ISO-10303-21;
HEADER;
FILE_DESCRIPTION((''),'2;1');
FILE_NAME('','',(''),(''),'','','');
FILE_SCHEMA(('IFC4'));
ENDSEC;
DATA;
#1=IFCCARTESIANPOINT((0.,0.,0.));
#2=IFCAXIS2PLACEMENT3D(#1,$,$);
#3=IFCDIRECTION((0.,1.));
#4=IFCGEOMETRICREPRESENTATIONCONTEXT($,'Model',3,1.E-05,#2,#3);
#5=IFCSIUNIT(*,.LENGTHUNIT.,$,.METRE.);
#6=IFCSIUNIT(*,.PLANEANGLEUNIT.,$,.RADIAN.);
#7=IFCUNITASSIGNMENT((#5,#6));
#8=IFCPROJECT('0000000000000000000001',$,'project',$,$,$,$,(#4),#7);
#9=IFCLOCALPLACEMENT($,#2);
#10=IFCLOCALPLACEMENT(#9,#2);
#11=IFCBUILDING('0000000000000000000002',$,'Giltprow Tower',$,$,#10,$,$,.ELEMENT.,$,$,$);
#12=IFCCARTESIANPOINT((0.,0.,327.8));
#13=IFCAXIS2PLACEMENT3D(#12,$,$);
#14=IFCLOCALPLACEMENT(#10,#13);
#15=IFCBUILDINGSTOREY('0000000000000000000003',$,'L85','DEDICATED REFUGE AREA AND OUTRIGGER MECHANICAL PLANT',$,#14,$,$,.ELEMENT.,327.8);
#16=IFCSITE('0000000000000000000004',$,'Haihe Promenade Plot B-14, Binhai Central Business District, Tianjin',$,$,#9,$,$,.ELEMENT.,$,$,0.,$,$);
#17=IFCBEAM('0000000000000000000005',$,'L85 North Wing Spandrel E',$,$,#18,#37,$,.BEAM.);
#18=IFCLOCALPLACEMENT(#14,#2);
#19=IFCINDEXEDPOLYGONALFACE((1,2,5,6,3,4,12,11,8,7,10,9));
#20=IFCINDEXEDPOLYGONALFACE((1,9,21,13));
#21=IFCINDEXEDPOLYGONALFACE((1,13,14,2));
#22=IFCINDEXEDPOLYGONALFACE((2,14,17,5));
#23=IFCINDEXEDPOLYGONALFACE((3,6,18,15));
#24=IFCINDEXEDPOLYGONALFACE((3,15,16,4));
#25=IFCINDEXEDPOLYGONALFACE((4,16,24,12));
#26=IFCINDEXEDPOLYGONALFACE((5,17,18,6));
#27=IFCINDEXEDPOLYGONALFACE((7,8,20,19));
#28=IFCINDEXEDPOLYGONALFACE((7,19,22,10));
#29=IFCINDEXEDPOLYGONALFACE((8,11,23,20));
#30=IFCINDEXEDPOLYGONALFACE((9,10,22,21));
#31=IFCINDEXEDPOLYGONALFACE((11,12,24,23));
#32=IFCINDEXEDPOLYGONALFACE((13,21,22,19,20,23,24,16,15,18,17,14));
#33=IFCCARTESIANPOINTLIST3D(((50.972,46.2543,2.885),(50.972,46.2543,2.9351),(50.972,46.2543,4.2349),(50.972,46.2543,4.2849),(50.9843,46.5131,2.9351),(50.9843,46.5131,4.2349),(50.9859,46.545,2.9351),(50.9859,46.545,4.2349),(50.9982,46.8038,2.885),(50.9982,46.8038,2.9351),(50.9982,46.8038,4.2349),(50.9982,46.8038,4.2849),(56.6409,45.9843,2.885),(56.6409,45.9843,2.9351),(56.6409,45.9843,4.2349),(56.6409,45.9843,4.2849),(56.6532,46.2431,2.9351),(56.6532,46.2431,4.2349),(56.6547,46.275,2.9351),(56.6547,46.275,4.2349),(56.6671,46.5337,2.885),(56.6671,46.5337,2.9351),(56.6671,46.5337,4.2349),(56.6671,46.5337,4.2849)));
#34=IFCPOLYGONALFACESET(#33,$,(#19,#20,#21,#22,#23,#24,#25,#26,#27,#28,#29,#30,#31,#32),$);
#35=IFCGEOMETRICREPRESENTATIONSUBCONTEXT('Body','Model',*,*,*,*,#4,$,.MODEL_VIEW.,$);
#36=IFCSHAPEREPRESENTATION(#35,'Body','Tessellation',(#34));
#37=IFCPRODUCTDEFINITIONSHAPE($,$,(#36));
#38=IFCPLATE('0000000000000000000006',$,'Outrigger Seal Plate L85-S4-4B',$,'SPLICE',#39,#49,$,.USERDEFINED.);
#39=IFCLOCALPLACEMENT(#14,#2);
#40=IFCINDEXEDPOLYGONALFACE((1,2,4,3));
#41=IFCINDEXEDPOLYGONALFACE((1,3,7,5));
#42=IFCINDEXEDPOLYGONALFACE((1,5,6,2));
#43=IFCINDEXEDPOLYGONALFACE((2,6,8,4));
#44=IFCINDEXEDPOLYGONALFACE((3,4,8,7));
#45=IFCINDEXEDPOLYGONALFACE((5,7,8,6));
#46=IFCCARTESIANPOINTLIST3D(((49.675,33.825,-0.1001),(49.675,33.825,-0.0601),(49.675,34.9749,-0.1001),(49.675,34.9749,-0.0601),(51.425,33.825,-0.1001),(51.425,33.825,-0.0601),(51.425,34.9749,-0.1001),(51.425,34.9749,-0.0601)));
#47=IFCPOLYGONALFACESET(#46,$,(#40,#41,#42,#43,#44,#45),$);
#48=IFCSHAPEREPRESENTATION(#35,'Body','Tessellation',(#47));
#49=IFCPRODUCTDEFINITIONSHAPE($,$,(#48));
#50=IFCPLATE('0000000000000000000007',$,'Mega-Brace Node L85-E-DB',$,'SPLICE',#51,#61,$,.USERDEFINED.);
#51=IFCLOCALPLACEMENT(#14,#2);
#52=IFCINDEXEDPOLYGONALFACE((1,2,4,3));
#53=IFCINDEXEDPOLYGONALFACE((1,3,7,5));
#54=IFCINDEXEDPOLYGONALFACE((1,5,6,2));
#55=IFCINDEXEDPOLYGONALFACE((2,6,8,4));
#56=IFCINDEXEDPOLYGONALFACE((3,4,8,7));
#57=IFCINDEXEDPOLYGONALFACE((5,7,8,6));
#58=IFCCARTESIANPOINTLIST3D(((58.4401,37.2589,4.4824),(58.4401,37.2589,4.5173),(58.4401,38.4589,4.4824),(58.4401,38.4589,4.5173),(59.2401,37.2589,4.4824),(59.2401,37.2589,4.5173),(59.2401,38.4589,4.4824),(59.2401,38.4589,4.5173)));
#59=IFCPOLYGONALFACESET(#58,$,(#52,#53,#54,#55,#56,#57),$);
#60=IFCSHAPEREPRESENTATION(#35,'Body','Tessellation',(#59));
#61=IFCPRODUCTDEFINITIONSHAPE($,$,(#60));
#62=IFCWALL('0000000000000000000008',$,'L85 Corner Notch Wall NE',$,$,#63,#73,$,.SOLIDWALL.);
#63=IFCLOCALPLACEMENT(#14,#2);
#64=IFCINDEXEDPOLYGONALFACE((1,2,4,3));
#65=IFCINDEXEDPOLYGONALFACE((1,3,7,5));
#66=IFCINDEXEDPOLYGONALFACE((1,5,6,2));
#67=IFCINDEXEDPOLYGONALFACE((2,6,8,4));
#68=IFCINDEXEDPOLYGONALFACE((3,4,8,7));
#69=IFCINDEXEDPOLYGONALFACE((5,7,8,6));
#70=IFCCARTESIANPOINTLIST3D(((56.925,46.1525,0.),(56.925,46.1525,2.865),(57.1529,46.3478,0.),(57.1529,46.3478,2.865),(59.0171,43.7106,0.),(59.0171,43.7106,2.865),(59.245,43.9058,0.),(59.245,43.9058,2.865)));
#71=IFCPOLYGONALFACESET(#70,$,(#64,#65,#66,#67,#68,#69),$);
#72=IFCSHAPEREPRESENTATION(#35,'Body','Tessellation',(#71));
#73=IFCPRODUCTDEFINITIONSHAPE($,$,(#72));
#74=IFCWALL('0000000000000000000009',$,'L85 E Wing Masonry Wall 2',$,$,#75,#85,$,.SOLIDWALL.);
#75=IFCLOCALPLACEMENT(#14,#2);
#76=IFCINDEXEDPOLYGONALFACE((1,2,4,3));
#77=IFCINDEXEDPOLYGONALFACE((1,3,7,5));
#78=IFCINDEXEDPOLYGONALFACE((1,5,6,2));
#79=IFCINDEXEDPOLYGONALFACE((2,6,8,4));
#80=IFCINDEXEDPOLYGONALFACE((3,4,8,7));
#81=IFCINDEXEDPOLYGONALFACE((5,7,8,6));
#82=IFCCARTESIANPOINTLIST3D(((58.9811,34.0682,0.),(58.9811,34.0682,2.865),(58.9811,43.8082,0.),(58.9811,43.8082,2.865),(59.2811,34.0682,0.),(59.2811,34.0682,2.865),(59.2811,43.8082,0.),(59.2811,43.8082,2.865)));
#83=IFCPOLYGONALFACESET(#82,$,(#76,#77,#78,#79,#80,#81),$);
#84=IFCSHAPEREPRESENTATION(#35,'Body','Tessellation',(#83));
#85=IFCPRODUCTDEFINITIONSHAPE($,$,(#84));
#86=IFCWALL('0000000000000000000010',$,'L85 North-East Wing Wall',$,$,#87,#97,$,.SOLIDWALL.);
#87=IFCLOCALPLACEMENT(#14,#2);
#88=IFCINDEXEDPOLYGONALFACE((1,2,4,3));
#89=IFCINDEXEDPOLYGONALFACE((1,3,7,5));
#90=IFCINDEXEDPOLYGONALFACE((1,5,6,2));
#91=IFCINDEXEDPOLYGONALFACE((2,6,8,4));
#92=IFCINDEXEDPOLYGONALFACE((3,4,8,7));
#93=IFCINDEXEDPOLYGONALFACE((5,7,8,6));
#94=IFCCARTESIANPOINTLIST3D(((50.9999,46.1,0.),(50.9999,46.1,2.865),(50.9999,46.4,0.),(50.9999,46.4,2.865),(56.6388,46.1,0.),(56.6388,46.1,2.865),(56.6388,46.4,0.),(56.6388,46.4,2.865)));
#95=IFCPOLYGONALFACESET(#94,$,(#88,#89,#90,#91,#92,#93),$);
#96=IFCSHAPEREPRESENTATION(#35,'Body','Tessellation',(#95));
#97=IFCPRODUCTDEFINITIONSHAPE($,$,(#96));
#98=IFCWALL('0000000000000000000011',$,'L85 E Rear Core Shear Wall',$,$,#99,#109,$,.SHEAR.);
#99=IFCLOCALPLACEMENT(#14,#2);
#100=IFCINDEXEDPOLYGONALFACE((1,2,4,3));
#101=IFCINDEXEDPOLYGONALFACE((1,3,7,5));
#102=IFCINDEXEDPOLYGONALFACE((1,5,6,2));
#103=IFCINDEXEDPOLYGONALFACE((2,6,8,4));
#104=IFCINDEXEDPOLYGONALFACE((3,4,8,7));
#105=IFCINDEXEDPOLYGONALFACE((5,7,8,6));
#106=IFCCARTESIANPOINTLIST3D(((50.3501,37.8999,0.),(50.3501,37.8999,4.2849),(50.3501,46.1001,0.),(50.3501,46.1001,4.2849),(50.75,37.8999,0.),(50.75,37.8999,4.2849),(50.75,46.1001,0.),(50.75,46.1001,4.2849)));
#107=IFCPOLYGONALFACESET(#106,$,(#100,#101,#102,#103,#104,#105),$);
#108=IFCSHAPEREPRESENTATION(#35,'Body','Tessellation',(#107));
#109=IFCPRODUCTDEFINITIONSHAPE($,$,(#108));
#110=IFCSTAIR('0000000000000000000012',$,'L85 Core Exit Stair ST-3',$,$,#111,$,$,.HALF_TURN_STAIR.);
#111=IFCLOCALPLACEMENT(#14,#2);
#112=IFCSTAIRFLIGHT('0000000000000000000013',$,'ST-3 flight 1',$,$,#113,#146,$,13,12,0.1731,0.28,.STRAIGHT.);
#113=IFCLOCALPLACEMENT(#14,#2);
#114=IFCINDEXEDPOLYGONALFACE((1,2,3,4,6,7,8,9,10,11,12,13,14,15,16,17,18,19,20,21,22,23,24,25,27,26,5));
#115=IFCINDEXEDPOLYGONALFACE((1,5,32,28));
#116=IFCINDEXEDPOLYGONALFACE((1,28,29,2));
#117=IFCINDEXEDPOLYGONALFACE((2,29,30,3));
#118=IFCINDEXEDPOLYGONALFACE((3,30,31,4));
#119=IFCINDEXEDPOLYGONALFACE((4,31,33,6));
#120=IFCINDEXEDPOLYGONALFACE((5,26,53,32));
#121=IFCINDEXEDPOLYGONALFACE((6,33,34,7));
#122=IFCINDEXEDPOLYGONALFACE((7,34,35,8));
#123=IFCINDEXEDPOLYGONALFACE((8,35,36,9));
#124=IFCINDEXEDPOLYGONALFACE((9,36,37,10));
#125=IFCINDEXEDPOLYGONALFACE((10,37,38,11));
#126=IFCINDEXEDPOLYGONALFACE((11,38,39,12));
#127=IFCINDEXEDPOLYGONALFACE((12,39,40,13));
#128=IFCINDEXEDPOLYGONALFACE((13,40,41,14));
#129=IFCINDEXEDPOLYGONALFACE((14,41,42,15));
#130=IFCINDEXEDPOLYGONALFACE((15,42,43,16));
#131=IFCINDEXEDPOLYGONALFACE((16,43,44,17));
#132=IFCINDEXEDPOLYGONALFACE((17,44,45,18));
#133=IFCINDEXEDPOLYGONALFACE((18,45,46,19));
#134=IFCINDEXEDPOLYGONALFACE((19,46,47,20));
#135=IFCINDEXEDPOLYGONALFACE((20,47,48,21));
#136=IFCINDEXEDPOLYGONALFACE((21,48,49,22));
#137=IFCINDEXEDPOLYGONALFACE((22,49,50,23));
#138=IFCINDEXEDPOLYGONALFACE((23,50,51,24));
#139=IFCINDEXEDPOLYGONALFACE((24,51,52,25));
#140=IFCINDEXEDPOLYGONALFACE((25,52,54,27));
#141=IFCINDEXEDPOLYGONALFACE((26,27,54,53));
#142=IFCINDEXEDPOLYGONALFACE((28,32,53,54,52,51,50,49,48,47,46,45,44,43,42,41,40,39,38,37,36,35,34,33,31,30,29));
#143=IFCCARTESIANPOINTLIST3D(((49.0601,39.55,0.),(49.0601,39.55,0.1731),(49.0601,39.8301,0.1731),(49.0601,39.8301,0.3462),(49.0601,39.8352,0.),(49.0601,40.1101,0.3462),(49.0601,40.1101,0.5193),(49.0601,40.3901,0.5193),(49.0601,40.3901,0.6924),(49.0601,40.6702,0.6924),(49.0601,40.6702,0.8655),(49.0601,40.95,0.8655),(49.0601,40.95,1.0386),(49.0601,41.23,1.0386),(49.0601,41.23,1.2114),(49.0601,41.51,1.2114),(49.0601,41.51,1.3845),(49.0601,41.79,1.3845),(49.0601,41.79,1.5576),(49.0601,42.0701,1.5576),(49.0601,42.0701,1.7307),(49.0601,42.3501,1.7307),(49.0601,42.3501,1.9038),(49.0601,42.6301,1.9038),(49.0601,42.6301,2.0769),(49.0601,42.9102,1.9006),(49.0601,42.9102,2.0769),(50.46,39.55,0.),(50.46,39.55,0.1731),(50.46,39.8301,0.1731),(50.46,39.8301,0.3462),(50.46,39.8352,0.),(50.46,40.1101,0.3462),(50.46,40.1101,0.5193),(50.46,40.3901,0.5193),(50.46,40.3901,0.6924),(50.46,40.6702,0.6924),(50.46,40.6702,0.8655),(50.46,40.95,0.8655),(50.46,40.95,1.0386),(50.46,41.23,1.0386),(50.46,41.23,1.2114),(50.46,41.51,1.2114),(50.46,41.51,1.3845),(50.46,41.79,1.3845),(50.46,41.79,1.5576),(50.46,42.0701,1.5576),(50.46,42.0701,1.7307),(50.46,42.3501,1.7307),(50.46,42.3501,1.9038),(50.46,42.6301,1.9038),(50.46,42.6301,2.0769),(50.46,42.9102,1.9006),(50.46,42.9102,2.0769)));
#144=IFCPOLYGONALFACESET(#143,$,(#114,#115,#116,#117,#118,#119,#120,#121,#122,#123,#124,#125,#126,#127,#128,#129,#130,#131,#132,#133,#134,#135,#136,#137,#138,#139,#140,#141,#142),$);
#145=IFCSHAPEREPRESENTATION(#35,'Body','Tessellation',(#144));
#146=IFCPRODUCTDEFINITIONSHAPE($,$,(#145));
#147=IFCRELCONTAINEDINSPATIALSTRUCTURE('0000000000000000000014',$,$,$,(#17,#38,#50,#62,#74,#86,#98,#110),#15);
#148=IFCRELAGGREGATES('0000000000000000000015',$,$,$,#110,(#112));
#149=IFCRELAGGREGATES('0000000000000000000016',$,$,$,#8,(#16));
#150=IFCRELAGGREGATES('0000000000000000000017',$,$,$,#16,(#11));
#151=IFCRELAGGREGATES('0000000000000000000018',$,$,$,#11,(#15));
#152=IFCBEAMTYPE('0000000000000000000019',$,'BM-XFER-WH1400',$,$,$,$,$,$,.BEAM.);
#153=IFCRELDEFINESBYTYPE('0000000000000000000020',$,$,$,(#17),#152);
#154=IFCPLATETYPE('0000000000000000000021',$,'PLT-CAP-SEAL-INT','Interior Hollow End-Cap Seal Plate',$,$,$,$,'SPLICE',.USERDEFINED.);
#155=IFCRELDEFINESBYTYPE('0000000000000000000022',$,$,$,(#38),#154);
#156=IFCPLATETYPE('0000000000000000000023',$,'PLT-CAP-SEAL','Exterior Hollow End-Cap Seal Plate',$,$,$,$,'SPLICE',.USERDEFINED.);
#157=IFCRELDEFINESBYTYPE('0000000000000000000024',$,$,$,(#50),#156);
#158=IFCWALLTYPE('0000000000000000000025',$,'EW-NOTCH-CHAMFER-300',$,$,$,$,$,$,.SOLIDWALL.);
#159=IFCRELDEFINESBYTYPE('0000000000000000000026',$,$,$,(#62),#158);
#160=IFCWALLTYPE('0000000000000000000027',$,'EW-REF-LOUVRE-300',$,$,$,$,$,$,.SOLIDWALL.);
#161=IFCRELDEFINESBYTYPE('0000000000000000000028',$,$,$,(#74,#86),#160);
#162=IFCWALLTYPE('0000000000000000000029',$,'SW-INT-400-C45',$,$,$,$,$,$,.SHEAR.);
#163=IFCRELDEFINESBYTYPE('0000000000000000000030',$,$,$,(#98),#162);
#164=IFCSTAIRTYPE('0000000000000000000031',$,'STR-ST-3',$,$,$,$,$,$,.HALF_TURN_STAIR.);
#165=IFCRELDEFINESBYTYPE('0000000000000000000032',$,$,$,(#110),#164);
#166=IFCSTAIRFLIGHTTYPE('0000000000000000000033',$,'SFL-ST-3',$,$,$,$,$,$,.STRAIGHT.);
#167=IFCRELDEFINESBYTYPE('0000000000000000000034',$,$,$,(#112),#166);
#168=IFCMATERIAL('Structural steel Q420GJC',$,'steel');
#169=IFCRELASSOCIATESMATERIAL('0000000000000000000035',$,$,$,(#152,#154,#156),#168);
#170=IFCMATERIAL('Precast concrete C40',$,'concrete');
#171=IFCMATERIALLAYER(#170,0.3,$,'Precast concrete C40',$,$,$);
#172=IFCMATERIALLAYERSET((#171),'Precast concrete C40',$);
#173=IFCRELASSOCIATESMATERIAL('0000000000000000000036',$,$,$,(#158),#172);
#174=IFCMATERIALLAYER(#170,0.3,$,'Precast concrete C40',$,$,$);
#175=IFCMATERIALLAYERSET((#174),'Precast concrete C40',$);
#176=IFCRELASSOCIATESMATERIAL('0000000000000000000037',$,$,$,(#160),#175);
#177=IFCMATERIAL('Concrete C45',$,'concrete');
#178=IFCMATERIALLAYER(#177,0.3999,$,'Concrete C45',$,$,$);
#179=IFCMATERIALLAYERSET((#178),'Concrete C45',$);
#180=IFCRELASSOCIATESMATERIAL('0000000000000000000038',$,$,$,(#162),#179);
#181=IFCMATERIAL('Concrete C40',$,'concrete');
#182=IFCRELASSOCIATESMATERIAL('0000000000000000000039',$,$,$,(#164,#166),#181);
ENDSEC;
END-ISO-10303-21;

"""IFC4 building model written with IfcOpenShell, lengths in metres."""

from ifc_helpers import new_model, si_unit, direction, frame, frame_2d, origin, origin_2d, place, context, subcontext, project, spatial, polyline, rectangle, i_section, outline, extrude, source, transform, mapped, material, layer, layer_set, material_profile, profile_set, type_object, element, aggregate, save


model = new_model("IFC4")

# Units and contexts
model_context = context("Model", 3, precision=1e-05, world=origin(), true_north=direction((0.0, 1.0)))
body_context = subcontext(model_context, "Body", "Model", "MODEL_VIEW")
ifc_project = project(units=[si_unit("LENGTHUNIT", "METRE"), si_unit("PLANEANGLEUNIT", "RADIAN")], contexts=[model_context])

# Site, building, storey
site_placement = place(None, origin())
site = spatial("IfcSite", under=ifc_project, at=site_placement, Name="Haihe Promenade Plot B-14, Binhai Central Business District, Tianjin", CompositionType="ELEMENT", RefElevation=0.0)
building_placement = place(site_placement, origin())
building = spatial("IfcBuilding", under=site, at=building_placement, Name="Giltprow Tower", CompositionType="ELEMENT")
storey_placement = place(building_placement, frame((0.0, 0.0, 327.8)))
storey = spatial("IfcBuildingStorey", under=building, at=storey_placement, Name="L85", Description="DEDICATED REFUGE AREA AND OUTRIGGER MECHANICAL PLANT", CompositionType="ELEMENT", Elevation=327.8)

# Shared definitions
ifc_material_1 = material(Name="Concrete C45", Category="concrete")
ifc_material_2 = material(Name="Structural steel Q420GJC", Category="steel")

# Beam
ifc_material_profile_1 = material_profile(ifc_material_2, i_section(OverallWidth=0.55, OverallDepth=1.3999, WebThickness=0.032, FlangeThickness=0.05, at=origin_2d()), Name="WH 1400x550x32x50")
ifc_profile_set_1 = profile_set([ifc_material_profile_1], Name="Structural steel Q420GJC")
beam_type_1 = type_object("IfcBeamType", Name="BM-XFER-WH1400", PredefinedType="BEAM", material=ifc_profile_set_1)
shared_shape_1 = source(origin(), body_context, "Body", "SweptSolid", [
    extrude(i_section(OverallWidth=0.55, OverallDepth=1.3999, WebThickness=0.032, FlangeThickness=0.05, at=origin_2d()), origin(), (0.0, 0.0, 1.0), 5.6753),
])
beam_1_placement = place(storey_placement, frame((50.9851, 46.5291, 3.585), z_axis=(0.998868, -0.047577, 0.0), x_axis=(0.047577, 0.998868, 0.0)))
element("IfcBeam", 1, at=beam_1_placement, inside=storey, type_object=beam_type_1, Name="L85 North Wing Spandrel E", PredefinedType="BEAM", context=body_context, shape_type="MappedRepresentation", body=[
    mapped(shared_shape_1, transform((0.0, 0.0, 0.0), x_axis=(1.0, 0.0, 0.0), y_axis=(0.0, 1.0, 0.0), z_axis=(0.0, 0.0, 1.0), scale=1.0)),
])

# Plates
plate_type_1 = type_object("IfcPlateType", Name="PLT-CAP-SEAL-INT", Description="Interior Hollow End-Cap Seal Plate", ElementType="SPLICE", PredefinedType="USERDEFINED", material=ifc_material_2)
shared_shape_2 = source(origin(), body_context, "Body", "SweptSolid", [
    extrude(rectangle(XDim=1.75, YDim=1.1499, at=origin_2d()), origin(), (0.0, 0.0, 1.0), 0.04),
])
plate_1_placement = place(storey_placement, frame((50.55, 34.3999, -0.1001), z_axis=(0.0, 0.0, 1.0), x_axis=(1.0, 0.0, 0.0)))
element("IfcPlate", 2, at=plate_1_placement, inside=storey, type_object=plate_type_1, Name="Outrigger Seal Plate L85-S4-4B", ObjectType="SPLICE", PredefinedType="USERDEFINED", context=body_context, shape_type="MappedRepresentation", body=[
    mapped(shared_shape_2, transform((0.0, 0.0, 0.0), x_axis=(1.0, 0.0, 0.0), y_axis=(0.0, 1.0, 0.0), z_axis=(0.0, 0.0, 1.0), scale=1.0)),
])
plate_type_2 = type_object("IfcPlateType", Name="PLT-CAP-SEAL", Description="Exterior Hollow End-Cap Seal Plate", ElementType="SPLICE", PredefinedType="USERDEFINED", material=ifc_material_2)
shared_shape_3 = source(origin(), body_context, "Body", "SweptSolid", [
    extrude(rectangle(XDim=1.2, YDim=0.8, at=origin_2d()), origin(), (0.0, 0.0, 1.0), 0.0349),
])
plate_2_placement = place(storey_placement, frame((58.8401, 37.8589, 4.4824), z_axis=(0.0, 0.0, 1.0), x_axis=(0.0, 1.0, 0.0)))
element("IfcPlate", 3, at=plate_2_placement, inside=storey, type_object=plate_type_2, Name="Mega-Brace Node L85-E-DB", ObjectType="SPLICE", PredefinedType="USERDEFINED", context=body_context, shape_type="MappedRepresentation", body=[
    mapped(shared_shape_3, transform((0.0, 0.0, 0.0), x_axis=(1.0, 0.0, 0.0), y_axis=(0.0, 1.0, 0.0), z_axis=(0.0, 0.0, 1.0), scale=1.0)),
])

# Walls
ifc_material_3 = material(Name="Precast concrete C40", Category="concrete")
ifc_layer_1 = layer(ifc_material_3, 0.3, Name="Precast concrete C40")
ifc_layer_set_1 = layer_set([ifc_layer_1], Name="Precast concrete C40")
wall_type_1 = type_object("IfcWallType", Name="EW-NOTCH-CHAMFER-300", PredefinedType="SOLIDWALL", material=ifc_layer_set_1)
wall_1_placement = place(storey_placement, frame((59.1311, 43.8081, 0.0), z_axis=(0.0, 0.0, 1.0), x_axis=(-0.65061, 0.759412, 0.0)))
element("IfcWall", 4, at=wall_1_placement, inside=storey, type_object=wall_type_1, Name="L85 Corner Notch Wall NE", PredefinedType="SOLIDWALL", context=body_context, shape_type="SweptSolid", body=[
    extrude(rectangle(XDim=3.2156, YDim=0.3, at=frame_2d((1.6079, 0.0))), origin(), (0.0, 0.0, 1.0), 2.865),
])
ifc_layer_2 = layer(ifc_material_3, 0.3, Name="Precast concrete C40")
ifc_layer_set_2 = layer_set([ifc_layer_2], Name="Precast concrete C40")
wall_type_2 = type_object("IfcWallType", Name="EW-REF-LOUVRE-300", PredefinedType="SOLIDWALL", material=ifc_layer_set_2)
wall_2_placement = place(storey_placement, frame((59.1311, 34.0681, 0.0), z_axis=(0.0, 0.0, 1.0), x_axis=(0.0, 1.0, 0.0)))
element("IfcWall", 5, at=wall_2_placement, inside=storey, type_object=wall_type_2, Name="L85 E Wing Masonry Wall 2", PredefinedType="SOLIDWALL", context=body_context, shape_type="SweptSolid", body=[
    extrude(rectangle(XDim=9.74, YDim=0.3, at=frame_2d((4.8701, 0.0))), origin(), (0.0, 0.0, 1.0), 2.865),
])
wall_3_placement = place(storey_placement, frame((51.0, 46.25, 0.0), z_axis=(0.0, 0.0, 1.0), x_axis=(1.0, 0.0, 0.0)))
element("IfcWall", 6, at=wall_3_placement, inside=storey, type_object=wall_type_2, Name="L85 North-East Wing Wall", PredefinedType="SOLIDWALL", context=body_context, shape_type="SweptSolid", body=[
    extrude(rectangle(XDim=5.6389, YDim=0.3, at=frame_2d((2.8193, 0.0))), origin(), (0.0, 0.0, 1.0), 2.865),
])
ifc_layer_3 = layer(ifc_material_1, 0.3999, Name="Concrete C45")
ifc_layer_set_3 = layer_set([ifc_layer_3], Name="Concrete C45")
wall_type_3 = type_object("IfcWallType", Name="SW-INT-400-C45", PredefinedType="SHEAR", material=ifc_layer_set_3)
wall_4_placement = place(storey_placement, frame((50.55, 37.8999, 0.0), z_axis=(0.0, 0.0, 1.0), x_axis=(0.0, 1.0, 0.0)))
element("IfcWall", 7, at=wall_4_placement, inside=storey, type_object=wall_type_3, Name="L85 E Rear Core Shear Wall", PredefinedType="SHEAR", context=body_context, shape_type="SweptSolid", body=[
    extrude(rectangle(XDim=8.2002, YDim=0.3999, at=frame_2d((4.1001, 0.0))), origin(), (0.0, 0.0, 1.0), 4.2849),
])

# Stair, stair flight
ifc_material_4 = material(Name="Concrete C40", Category="concrete")
stair_type = type_object("IfcStairType", Name="STR-ST-3", PredefinedType="HALF_TURN_STAIR", material=ifc_material_4)
stair_placement = place(storey_placement, origin())
stair = element("IfcStair", 8, at=stair_placement, inside=storey, type_object=stair_type, Name="L85 Core Exit Stair ST-3", PredefinedType="HALF_TURN_STAIR")
stair_flight_type = type_object("IfcStairFlightType", Name="SFL-ST-3", PredefinedType="STRAIGHT", material=ifc_material_4)
stair_flight_placement = place(storey_placement, frame((49.76, 39.55, 0.0), z_axis=(0.0, 0.0, 1.0), x_axis=(0.0, 1.0, 0.0)))
stair_flight = element("IfcStairFlight", 9, at=stair_flight_placement, type_object=stair_flight_type, Name="ST-3 flight 1", NumberOfRisers=13, NumberOfTreads=12, PredefinedType="STRAIGHT", RiserHeight=0.1731, TreadLength=0.28, context=body_context, shape_type="SweptSolid", body=[
    extrude(outline(polyline([(0.0, 0.0), (0.0, 0.1731), (0.28, 0.1731), (0.28, 0.3462), (0.5601, 0.3462), (0.5601, 0.5193), (0.8401, 0.5193), (0.8401, 0.6924), (1.1201, 0.6924), (1.1201, 0.8655), (1.3999, 0.8655), (1.3999, 1.0386), (1.6799, 1.0386), (1.6799, 1.2114), (1.96, 1.2114), (1.96, 1.3845), (2.24, 1.3845), (2.24, 1.5576), (2.52, 1.5576), (2.52, 1.7307), (2.8, 1.7307), (2.8, 1.9038), (3.0801, 1.9038), (3.0801, 2.0769), (3.3601, 2.0769), (3.3601, 2.25), (3.3601, 1.9006), (0.2852, 0.0), (0.0, 0.0)])), frame((0.0, 0.7, 0.0), z_axis=(0.0, -1.0, 0.0), x_axis=(1.0, 0.0, 0.0)), (0.0, 0.0, 1.0), 1.3999),
])
aggregate(stair, [stair_flight])

save(model, "model.ifc")
